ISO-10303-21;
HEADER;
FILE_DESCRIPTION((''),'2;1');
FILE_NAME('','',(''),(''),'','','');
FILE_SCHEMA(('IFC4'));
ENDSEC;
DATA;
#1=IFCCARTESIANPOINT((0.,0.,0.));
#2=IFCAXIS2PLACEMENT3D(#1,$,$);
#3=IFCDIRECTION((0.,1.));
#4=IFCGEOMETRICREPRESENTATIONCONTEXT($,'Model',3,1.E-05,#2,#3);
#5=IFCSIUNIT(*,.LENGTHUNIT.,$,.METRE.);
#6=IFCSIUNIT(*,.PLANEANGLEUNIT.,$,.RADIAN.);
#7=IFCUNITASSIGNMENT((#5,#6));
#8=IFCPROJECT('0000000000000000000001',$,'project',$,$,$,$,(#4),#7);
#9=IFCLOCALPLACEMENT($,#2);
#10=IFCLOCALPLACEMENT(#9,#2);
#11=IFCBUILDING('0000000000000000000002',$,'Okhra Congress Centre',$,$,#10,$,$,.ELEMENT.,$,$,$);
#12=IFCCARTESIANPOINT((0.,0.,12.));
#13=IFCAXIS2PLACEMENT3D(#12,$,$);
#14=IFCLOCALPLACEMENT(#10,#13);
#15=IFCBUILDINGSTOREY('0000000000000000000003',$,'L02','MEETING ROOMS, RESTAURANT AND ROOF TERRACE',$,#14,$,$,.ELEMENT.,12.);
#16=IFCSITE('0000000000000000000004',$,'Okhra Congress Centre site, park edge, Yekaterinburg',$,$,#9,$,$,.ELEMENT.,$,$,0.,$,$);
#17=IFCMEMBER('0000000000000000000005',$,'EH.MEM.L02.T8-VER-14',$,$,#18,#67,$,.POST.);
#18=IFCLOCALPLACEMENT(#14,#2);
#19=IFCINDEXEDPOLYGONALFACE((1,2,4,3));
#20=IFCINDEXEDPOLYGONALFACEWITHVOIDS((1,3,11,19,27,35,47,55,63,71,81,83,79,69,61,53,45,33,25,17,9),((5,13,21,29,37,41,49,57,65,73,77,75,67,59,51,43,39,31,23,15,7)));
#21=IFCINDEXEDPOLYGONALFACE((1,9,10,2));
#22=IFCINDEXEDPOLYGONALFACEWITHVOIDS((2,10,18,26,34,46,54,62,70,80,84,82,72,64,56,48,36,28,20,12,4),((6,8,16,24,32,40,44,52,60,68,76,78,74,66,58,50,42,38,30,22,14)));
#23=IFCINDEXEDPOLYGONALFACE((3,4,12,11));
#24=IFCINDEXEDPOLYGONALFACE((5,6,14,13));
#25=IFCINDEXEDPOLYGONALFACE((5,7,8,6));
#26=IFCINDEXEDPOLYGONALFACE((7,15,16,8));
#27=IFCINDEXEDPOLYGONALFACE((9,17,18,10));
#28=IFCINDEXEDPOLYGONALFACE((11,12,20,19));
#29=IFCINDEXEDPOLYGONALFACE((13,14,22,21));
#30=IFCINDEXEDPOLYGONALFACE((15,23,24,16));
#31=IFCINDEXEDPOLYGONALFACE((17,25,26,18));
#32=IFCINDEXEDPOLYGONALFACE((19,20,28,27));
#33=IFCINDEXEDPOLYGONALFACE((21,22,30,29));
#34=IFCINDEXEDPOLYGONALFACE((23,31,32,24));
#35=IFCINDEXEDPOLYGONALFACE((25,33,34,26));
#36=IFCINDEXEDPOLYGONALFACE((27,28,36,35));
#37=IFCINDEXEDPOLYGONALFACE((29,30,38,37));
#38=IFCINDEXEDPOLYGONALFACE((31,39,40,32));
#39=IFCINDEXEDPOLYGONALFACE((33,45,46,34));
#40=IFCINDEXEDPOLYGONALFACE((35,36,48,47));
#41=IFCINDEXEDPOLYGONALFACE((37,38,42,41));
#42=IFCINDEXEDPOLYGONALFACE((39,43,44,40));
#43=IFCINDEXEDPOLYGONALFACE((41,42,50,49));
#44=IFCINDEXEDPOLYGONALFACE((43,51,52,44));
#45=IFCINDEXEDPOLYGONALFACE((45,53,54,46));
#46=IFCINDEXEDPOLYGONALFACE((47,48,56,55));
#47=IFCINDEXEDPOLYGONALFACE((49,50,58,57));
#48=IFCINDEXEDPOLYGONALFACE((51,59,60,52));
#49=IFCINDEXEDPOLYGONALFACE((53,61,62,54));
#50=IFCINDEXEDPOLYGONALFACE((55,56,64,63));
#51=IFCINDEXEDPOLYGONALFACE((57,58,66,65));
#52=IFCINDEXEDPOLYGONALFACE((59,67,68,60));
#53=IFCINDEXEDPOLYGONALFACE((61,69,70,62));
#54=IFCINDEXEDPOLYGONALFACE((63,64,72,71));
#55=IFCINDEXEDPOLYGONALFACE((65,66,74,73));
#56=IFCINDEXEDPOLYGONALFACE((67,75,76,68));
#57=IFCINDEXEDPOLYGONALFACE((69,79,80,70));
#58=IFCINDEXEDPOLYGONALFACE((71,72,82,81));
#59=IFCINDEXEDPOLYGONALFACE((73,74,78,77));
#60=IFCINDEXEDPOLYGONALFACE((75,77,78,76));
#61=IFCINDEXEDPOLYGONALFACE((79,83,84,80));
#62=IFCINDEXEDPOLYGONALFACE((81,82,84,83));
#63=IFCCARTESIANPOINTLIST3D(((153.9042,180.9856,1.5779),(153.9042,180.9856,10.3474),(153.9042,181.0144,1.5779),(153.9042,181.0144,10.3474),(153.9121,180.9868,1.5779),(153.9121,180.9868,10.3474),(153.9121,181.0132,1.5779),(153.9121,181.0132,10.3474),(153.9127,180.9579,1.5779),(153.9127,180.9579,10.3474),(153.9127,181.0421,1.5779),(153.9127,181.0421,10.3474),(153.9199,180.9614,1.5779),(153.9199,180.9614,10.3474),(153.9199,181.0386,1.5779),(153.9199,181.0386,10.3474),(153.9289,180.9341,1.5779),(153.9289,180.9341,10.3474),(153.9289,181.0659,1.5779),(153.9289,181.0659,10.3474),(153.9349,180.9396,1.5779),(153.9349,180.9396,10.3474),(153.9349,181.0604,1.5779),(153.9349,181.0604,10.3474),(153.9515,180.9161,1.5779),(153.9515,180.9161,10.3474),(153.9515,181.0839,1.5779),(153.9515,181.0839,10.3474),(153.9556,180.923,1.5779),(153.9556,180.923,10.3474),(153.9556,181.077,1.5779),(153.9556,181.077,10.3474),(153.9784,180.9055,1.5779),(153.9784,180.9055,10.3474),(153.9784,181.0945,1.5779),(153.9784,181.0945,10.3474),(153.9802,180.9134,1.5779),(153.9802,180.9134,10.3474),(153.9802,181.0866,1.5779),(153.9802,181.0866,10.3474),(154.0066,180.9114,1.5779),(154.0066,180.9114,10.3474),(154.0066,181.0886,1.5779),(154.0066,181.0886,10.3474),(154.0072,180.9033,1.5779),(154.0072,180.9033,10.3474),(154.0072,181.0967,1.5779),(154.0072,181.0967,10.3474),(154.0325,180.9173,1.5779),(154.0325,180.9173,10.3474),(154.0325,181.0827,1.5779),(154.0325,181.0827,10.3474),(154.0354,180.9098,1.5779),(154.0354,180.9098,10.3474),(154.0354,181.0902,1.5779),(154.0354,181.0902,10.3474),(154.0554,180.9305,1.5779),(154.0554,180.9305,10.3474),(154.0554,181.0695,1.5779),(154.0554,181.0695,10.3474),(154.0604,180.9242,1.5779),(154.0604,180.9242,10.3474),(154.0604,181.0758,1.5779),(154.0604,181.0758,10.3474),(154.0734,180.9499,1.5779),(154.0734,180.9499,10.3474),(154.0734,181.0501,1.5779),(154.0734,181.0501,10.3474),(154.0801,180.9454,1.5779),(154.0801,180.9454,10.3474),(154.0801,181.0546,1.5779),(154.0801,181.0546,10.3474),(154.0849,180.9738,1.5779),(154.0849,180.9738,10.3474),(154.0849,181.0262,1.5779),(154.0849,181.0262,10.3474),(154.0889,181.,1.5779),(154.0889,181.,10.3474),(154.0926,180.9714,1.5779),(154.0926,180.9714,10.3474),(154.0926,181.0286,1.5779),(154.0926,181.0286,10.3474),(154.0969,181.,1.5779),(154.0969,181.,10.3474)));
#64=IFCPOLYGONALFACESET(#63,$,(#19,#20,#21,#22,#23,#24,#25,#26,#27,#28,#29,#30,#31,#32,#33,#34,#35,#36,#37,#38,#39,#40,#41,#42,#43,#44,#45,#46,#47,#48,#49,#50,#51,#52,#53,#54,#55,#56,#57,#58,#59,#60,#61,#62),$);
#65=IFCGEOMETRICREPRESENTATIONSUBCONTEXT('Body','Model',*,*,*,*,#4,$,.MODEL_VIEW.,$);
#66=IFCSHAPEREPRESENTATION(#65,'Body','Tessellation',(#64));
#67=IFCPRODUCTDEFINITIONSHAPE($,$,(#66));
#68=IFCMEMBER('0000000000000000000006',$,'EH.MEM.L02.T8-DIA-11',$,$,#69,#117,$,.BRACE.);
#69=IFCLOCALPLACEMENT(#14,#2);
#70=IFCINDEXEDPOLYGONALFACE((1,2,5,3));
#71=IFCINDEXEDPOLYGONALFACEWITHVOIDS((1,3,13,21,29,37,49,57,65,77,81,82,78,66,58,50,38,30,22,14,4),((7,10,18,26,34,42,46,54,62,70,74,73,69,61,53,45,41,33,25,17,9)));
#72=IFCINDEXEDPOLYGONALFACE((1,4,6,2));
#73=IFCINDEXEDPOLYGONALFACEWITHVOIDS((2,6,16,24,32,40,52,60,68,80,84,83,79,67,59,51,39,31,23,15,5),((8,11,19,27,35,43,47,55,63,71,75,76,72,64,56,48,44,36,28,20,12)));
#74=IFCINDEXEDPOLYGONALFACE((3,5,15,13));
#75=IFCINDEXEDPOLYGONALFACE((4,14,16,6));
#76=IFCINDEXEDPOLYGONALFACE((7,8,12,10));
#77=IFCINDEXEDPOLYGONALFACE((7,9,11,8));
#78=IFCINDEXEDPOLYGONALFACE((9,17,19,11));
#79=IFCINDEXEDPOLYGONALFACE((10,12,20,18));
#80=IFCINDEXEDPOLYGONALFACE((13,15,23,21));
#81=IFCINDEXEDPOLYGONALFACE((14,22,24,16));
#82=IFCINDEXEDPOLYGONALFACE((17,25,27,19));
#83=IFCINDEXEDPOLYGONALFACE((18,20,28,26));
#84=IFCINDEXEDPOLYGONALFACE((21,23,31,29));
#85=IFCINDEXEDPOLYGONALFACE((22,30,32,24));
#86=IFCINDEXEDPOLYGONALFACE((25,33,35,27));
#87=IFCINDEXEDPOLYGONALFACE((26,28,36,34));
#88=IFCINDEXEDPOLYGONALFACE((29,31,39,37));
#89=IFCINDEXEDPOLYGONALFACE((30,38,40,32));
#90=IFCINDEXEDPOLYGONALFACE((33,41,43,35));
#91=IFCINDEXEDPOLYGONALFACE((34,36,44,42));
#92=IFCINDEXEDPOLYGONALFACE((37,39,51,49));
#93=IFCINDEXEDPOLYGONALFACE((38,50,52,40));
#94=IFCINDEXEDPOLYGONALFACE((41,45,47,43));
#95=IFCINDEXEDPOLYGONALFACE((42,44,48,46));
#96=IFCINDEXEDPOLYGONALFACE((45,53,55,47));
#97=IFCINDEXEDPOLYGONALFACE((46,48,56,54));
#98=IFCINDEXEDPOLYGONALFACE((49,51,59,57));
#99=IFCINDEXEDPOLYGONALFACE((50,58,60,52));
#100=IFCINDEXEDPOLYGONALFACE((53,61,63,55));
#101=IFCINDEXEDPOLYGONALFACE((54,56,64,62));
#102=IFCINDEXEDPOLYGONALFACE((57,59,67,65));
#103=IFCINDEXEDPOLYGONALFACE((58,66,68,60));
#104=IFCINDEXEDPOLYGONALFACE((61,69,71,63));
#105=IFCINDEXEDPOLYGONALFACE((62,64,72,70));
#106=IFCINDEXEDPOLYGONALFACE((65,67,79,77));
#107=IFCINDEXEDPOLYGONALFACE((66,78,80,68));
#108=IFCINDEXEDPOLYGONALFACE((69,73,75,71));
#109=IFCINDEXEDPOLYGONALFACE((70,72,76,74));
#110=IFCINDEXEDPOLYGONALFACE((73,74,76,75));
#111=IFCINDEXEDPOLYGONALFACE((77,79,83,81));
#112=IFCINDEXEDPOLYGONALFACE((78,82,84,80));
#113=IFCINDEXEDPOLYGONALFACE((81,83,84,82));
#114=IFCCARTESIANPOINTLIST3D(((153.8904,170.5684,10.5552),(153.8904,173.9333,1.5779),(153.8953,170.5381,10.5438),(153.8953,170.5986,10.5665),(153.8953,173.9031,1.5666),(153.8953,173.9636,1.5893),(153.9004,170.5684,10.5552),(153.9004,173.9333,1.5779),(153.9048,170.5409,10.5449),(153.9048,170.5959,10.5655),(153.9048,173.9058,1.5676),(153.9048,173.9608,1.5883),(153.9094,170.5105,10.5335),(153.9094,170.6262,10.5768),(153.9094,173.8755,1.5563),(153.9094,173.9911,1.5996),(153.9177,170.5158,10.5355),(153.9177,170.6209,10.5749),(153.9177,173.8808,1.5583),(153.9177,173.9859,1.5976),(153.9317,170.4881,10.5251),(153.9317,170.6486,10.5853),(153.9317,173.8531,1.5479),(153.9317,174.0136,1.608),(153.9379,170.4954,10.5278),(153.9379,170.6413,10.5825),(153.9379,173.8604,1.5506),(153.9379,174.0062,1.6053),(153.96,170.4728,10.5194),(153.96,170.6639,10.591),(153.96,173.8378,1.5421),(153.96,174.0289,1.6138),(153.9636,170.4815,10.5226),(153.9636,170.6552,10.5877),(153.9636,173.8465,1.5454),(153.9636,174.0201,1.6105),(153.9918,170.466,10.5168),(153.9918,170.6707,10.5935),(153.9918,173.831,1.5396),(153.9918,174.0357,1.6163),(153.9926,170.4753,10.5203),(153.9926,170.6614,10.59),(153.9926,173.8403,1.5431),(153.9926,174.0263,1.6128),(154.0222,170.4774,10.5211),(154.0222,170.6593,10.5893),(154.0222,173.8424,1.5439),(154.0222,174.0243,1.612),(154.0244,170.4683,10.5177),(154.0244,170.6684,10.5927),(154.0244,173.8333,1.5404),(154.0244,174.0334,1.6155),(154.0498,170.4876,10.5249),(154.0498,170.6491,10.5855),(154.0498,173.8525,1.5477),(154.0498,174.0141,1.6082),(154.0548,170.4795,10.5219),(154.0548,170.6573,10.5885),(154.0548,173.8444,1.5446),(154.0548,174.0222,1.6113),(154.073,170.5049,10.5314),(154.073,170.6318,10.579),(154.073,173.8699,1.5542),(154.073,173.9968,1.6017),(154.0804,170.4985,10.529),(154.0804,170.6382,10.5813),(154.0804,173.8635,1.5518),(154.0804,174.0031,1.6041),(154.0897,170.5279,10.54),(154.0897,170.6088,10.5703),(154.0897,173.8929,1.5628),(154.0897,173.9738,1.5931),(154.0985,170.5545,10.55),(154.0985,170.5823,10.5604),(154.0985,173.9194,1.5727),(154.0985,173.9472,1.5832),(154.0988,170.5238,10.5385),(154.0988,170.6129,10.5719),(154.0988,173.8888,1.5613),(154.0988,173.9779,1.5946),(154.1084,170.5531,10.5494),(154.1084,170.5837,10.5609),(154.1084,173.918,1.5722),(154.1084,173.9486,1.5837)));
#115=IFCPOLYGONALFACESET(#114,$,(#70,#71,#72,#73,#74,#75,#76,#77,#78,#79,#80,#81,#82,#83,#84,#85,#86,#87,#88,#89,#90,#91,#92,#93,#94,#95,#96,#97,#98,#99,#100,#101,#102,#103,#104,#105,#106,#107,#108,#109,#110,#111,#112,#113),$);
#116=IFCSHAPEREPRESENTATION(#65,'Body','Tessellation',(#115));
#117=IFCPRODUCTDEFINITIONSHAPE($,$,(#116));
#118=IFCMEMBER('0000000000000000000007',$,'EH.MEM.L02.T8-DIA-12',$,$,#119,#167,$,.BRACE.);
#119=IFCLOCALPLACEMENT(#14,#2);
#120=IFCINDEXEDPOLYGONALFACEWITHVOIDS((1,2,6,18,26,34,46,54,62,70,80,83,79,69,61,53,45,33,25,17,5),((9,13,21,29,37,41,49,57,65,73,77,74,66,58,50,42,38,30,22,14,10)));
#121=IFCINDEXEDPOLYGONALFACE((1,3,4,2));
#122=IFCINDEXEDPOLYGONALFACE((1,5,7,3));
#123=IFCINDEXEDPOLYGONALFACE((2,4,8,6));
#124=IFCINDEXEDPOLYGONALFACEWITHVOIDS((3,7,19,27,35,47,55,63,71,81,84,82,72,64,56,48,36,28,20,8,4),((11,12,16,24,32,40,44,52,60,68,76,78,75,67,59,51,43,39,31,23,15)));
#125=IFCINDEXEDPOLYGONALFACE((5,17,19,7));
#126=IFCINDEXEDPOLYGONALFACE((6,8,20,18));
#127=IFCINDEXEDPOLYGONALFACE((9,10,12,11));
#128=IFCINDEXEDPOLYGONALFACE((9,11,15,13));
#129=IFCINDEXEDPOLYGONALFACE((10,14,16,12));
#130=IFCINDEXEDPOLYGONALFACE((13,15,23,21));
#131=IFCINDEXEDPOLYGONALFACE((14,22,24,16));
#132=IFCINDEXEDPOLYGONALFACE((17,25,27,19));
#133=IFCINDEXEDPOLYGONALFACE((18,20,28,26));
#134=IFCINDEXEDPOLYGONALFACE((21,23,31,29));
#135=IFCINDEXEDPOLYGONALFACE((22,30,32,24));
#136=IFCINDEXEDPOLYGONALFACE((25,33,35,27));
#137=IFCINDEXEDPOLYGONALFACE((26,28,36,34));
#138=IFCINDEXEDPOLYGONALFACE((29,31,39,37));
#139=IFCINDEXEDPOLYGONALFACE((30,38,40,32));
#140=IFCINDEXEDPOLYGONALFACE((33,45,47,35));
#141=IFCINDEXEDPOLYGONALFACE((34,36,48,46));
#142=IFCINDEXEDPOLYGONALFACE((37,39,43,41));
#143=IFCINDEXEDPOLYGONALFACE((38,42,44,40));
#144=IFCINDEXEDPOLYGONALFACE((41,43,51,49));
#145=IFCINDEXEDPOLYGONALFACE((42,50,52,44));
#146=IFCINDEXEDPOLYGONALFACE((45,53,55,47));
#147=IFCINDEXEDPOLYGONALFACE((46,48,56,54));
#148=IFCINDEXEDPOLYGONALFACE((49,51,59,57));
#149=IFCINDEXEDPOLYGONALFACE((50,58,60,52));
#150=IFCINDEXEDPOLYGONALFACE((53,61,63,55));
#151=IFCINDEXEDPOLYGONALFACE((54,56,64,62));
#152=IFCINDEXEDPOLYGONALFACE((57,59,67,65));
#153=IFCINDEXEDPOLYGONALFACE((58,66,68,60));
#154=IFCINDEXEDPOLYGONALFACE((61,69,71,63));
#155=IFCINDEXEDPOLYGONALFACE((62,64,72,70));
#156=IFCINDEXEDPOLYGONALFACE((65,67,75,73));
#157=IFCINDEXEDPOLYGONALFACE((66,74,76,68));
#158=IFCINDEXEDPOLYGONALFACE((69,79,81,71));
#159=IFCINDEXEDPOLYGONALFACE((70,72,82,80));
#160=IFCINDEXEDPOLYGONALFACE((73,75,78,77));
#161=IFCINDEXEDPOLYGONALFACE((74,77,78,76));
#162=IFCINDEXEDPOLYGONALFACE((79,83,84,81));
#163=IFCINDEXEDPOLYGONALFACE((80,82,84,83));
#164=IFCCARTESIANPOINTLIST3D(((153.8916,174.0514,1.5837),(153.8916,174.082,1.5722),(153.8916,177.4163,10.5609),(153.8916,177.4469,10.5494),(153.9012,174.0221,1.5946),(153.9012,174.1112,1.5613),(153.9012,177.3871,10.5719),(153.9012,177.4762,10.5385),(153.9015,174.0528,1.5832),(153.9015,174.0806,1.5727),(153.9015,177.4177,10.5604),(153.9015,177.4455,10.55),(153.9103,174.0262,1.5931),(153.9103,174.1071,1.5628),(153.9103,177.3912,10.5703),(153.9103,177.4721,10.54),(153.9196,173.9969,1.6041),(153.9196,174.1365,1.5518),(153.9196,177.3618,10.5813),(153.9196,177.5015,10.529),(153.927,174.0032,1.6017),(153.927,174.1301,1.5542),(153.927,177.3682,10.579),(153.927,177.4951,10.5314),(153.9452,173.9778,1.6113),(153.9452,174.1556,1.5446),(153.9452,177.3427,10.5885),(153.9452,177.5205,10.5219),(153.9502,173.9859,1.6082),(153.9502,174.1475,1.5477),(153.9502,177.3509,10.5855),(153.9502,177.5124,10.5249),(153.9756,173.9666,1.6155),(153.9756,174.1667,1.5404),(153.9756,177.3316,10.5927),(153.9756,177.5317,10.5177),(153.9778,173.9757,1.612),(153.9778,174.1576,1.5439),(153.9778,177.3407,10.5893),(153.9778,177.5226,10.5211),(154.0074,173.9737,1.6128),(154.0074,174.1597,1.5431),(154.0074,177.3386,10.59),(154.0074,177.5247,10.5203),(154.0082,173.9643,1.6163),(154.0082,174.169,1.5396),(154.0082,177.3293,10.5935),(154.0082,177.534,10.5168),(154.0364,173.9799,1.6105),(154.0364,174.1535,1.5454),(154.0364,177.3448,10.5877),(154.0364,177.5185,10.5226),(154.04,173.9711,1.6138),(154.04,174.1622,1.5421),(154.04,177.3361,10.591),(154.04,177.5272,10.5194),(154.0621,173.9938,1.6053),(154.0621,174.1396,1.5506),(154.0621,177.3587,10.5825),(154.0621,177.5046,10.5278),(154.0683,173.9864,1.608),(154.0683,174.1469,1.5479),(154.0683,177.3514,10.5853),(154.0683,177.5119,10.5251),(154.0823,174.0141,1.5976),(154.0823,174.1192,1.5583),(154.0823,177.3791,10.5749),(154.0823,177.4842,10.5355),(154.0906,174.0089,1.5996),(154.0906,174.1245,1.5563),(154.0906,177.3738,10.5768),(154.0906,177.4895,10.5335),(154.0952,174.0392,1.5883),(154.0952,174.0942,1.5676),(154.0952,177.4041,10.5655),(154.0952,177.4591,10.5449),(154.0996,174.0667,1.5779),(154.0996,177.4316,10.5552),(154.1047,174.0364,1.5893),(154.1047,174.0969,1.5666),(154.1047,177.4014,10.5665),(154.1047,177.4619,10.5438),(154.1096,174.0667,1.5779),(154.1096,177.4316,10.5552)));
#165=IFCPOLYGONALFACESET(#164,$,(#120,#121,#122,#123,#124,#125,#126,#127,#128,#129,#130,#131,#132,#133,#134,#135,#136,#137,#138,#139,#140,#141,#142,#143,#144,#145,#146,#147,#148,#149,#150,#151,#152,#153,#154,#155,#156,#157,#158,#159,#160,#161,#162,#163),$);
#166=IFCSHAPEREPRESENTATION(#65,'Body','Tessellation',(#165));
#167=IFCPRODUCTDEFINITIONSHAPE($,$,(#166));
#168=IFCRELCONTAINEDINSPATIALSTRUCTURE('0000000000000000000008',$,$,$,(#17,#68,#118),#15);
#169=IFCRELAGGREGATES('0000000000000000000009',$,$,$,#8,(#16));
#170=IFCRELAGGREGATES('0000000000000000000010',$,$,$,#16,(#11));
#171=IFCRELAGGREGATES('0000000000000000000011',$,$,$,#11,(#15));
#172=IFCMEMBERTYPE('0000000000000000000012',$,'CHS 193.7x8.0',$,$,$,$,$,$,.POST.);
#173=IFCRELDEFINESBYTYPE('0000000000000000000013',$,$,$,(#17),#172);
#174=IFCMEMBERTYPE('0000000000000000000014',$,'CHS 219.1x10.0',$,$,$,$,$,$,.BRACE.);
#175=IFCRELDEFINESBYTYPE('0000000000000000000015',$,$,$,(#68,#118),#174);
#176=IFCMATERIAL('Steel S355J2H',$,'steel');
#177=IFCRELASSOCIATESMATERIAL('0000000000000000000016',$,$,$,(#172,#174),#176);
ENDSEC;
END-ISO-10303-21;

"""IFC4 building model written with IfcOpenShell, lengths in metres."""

from ifc_helpers import new_model, si_unit, direction, frame, origin, origin_2d, place, context, subcontext, project, spatial, hollow_circle, extrude, material, material_profile, profile_set, type_object, element, save


model = new_model("IFC4")

# Units and contexts
model_context = context("Model", 3, precision=1e-05, world=origin(), true_north=direction((0.0, 1.0)))
body_context = subcontext(model_context, "Body", "Model", "MODEL_VIEW")
ifc_project = project(units=[si_unit("LENGTHUNIT", "METRE"), si_unit("PLANEANGLEUNIT", "RADIAN")], contexts=[model_context])

# Site, building, storey
site_placement = place(None, origin())
site = spatial("IfcSite", under=ifc_project, at=site_placement, Name="Okhra Congress Centre site, park edge, Yekaterinburg", CompositionType="ELEMENT", RefElevation=0.0)
building_placement = place(site_placement, origin())
building = spatial("IfcBuilding", under=site, at=building_placement, Name="Okhra Congress Centre", CompositionType="ELEMENT")
storey_placement = place(building_placement, frame((0.0, 0.0, 12.0)))
storey = spatial("IfcBuildingStorey", under=building, at=storey_placement, Name="L02", Description="MEETING ROOMS, RESTAURANT AND ROOF TERRACE", CompositionType="ELEMENT", Elevation=12.0)

# Members
ifc_material_1 = material(Name="Steel S355J2H", Category="steel")
ifc_material_profile_1 = material_profile(ifc_material_1, hollow_circle(Radius=0.0969, WallThickness=0.0081, at=origin_2d()), Name="CHS 193.7x8.0")
ifc_profile_set_1 = profile_set([ifc_material_profile_1], Name="Steel S355J2H")
member_type_1 = type_object("IfcMemberType", Name="CHS 193.7x8.0", PredefinedType="POST", material=ifc_profile_set_1)
member_1_placement = place(storey_placement, frame((154.0, 181.0, 1.5779), z_axis=(0.0, 0.0, 1.0), x_axis=(1.0, 0.0, 0.0)))
element("IfcMember", 1, at=member_1_placement, inside=storey, type_object=member_type_1, Name="EH.MEM.L02.T8-VER-14", PredefinedType="POST", context=body_context, shape_type="SweptSolid", body=[
    extrude(hollow_circle(Radius=0.0969, WallThickness=0.0081, at=origin_2d()), origin(), (0.0, 0.0, 1.0), 8.7695),
])
ifc_material_profile_2 = material_profile(ifc_material_1, hollow_circle(Radius=0.1096, WallThickness=0.01, at=origin_2d()), Name="CHS 219.1x10.0")
ifc_profile_set_2 = profile_set([ifc_material_profile_2], Name="Steel S355J2H")
member_type_2 = type_object("IfcMemberType", Name="CHS 219.1x10.0", PredefinedType="BRACE", material=ifc_profile_set_2)
for number, where, z_axis, x_axis, name in (
    (2, (154.0, 170.5684, 10.5552), (0.0, 0.350987, -0.93638), (-1.0, 0.0, 0.0), "EH.MEM.L02.T8-DIA-11"),
    (3, (154.0, 177.4316, 10.5552), (0.0, -0.350987, -0.93638), (1.0, 0.0, 0.0), "EH.MEM.L02.T8-DIA-12"),
):
    element("IfcMember", number, at=place(storey_placement, frame(where, z_axis=z_axis, x_axis=x_axis)), inside=storey, type_object=member_type_2, Name=name, PredefinedType="BRACE", context=body_context, shape_type="SweptSolid", body=[
        extrude(hollow_circle(Radius=0.1096, WallThickness=0.01, at=origin_2d()), origin(), (0.0, 0.0, 1.0), 9.5872),
    ])

save(model, "model.ifc")
